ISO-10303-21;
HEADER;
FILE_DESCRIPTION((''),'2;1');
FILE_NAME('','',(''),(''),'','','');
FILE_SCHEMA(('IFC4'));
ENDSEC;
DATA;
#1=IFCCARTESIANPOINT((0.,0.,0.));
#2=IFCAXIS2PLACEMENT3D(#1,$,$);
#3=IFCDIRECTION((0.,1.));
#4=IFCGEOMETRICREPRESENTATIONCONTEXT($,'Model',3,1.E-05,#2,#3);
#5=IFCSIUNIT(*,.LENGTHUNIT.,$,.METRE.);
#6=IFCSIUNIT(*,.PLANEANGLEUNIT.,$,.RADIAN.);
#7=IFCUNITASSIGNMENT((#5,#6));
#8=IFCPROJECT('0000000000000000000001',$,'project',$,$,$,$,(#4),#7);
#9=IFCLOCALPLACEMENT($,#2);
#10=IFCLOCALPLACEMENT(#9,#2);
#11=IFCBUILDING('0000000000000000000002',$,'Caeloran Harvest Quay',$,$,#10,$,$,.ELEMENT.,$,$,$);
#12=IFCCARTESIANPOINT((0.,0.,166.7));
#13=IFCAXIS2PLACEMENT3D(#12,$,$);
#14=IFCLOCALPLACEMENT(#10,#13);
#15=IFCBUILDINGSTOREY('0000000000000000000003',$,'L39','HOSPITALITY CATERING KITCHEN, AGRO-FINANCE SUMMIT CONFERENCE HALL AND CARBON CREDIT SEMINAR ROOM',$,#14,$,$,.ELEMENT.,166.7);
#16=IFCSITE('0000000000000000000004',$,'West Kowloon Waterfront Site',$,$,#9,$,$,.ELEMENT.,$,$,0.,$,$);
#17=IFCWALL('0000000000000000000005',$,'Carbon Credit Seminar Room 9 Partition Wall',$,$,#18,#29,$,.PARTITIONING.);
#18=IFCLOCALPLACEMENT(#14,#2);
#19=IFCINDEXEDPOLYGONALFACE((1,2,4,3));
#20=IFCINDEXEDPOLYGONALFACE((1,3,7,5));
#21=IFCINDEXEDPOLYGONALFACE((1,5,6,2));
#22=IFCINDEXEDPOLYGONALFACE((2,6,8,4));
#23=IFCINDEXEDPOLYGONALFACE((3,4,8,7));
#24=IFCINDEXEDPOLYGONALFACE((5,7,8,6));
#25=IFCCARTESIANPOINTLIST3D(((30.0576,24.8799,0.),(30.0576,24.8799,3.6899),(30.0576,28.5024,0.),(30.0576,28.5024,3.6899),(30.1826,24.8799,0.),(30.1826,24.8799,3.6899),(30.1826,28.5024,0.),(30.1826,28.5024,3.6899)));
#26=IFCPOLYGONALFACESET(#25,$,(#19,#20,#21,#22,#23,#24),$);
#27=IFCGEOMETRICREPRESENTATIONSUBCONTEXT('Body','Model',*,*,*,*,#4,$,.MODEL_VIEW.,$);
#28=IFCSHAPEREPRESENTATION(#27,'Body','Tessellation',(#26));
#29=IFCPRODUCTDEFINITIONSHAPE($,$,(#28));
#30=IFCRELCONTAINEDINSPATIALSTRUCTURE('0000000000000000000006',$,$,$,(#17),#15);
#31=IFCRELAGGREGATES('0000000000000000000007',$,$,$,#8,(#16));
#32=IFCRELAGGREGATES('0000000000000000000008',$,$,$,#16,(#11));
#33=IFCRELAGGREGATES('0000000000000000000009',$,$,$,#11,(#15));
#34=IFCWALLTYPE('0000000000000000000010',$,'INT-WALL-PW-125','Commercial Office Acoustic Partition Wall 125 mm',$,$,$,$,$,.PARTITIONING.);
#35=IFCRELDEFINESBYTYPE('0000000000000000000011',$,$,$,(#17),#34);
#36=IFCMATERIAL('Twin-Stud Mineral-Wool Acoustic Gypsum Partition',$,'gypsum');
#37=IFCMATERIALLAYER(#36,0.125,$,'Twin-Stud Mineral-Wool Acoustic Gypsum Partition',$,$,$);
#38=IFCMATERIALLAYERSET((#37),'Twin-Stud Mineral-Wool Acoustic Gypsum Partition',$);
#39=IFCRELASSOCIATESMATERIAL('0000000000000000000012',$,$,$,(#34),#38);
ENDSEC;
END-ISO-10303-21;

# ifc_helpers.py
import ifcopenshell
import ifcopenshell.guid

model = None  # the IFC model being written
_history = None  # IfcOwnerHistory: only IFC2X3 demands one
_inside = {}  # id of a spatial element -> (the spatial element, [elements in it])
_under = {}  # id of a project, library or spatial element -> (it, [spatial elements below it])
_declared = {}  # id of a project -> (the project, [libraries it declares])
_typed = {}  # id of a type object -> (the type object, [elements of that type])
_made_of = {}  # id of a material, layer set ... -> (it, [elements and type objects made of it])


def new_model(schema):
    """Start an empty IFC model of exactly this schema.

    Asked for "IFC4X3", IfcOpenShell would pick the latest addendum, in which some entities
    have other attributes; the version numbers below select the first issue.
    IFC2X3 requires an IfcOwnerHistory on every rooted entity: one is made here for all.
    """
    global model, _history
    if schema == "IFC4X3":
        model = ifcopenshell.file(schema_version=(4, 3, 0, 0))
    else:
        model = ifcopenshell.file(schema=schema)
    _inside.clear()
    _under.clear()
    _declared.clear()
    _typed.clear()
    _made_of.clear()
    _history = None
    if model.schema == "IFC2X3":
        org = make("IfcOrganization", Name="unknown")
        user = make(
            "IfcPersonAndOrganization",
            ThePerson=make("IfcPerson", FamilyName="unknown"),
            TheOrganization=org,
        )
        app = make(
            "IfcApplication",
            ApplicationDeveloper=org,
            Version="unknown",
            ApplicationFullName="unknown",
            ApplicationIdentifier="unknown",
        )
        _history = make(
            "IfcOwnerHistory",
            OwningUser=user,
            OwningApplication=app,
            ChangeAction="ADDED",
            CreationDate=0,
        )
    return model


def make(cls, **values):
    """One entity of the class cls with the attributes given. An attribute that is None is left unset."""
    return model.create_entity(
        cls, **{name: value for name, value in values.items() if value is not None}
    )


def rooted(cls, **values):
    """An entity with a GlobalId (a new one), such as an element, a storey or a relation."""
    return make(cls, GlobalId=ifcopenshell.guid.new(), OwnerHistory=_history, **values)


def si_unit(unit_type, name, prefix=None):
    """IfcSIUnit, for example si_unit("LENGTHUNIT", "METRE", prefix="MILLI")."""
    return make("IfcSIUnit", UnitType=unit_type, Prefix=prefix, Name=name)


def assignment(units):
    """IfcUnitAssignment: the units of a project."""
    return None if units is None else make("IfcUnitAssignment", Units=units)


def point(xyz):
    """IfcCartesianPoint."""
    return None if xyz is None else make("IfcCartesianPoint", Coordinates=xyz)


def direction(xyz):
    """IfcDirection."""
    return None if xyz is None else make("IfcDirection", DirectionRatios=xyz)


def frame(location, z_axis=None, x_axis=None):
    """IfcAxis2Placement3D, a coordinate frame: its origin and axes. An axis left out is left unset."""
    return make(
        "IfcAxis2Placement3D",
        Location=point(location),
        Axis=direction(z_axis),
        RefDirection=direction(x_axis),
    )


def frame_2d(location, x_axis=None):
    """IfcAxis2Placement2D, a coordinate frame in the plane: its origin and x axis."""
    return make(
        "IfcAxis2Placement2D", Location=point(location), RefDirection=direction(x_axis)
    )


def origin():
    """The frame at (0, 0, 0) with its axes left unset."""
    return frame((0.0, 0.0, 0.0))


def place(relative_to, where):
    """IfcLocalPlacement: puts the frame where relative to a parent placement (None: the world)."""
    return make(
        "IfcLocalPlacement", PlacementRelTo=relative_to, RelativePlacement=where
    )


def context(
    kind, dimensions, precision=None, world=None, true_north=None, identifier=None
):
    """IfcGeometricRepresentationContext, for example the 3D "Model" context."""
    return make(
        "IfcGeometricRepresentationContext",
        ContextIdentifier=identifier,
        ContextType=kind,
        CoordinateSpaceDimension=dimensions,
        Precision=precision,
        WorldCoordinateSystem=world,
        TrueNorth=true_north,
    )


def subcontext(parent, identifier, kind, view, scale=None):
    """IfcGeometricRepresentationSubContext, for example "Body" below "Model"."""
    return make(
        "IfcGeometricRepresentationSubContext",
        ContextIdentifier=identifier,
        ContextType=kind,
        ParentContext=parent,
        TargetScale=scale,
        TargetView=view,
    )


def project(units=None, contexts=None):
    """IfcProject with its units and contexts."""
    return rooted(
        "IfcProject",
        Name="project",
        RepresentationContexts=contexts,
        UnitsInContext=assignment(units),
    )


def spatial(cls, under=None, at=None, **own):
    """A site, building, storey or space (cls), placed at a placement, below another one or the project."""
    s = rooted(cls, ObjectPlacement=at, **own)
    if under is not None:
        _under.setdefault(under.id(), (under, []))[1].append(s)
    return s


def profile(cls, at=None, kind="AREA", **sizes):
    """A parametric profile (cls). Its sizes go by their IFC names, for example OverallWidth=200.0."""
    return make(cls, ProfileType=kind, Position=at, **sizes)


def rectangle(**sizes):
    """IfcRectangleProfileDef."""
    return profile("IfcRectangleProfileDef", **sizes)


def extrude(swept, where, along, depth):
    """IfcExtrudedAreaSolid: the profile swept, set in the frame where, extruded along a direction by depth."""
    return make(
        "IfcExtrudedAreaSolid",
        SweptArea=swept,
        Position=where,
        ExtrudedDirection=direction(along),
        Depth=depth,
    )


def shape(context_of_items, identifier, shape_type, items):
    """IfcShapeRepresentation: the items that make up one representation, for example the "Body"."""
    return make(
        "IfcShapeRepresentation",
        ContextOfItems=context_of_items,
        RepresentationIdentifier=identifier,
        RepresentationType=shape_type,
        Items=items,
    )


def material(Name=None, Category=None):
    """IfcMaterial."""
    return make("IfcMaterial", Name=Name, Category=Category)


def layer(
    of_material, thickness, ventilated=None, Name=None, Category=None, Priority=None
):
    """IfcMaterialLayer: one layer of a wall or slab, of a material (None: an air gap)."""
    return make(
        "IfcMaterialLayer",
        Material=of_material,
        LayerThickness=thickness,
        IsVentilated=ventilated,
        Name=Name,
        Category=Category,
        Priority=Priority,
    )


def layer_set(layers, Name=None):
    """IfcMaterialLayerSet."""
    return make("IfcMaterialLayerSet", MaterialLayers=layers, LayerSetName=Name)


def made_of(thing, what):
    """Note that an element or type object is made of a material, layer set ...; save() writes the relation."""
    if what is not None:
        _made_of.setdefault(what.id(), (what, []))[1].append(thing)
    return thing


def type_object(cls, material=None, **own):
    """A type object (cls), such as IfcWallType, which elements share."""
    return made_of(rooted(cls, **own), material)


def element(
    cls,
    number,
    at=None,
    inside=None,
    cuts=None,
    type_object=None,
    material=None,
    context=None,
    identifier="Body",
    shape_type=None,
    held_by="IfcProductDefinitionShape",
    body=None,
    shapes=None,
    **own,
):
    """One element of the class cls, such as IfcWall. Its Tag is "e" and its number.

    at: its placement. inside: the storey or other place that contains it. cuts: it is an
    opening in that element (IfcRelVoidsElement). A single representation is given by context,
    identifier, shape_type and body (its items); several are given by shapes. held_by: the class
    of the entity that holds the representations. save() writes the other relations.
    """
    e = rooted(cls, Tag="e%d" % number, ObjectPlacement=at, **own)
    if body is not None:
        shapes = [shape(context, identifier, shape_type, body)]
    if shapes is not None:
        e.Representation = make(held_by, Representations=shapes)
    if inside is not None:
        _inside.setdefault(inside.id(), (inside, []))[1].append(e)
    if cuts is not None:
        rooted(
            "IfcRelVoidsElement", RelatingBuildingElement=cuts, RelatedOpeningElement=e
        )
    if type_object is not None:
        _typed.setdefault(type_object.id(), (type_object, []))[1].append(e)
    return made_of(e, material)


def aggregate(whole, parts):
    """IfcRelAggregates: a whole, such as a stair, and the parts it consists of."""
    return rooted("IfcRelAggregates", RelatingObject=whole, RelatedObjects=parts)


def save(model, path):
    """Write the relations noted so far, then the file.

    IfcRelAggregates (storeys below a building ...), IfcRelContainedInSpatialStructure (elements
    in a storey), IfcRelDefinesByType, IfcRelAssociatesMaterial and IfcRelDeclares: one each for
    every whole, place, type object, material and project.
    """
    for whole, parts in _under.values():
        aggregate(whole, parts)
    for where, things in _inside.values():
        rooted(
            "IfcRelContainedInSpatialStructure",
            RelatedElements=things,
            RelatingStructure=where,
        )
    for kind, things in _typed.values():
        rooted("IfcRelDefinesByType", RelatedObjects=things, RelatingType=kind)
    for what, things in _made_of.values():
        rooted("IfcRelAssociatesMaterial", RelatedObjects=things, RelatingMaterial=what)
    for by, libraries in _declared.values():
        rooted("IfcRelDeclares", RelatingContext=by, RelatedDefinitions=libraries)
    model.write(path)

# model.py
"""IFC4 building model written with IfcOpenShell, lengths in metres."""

from ifc_helpers import new_model, si_unit, direction, frame, frame_2d, origin, place, context, subcontext, project, spatial, rectangle, extrude, material, layer, layer_set, type_object, element, save


model = new_model("IFC4")

# Units and contexts
model_context = context("Model", 3, precision=1e-05, world=origin(), true_north=direction((0.0, 1.0)))
body_context = subcontext(model_context, "Body", "Model", "MODEL_VIEW")
ifc_project = project(units=[si_unit("LENGTHUNIT", "METRE"), si_unit("PLANEANGLEUNIT", "RADIAN")], contexts=[model_context])

# Site, building, storey
site_placement = place(None, origin())
site = spatial("IfcSite", under=ifc_project, at=site_placement, Name="West Kowloon Waterfront Site", CompositionType="ELEMENT", RefElevation=0.0)
building_placement = place(site_placement, origin())
building = spatial("IfcBuilding", under=site, at=building_placement, Name="Caeloran Harvest Quay", CompositionType="ELEMENT")
storey_placement = place(building_placement, frame((0.0, 0.0, 166.7)))
storey = spatial("IfcBuildingStorey", under=building, at=storey_placement, Name="L39", Description="HOSPITALITY CATERING KITCHEN, AGRO-FINANCE SUMMIT CONFERENCE HALL AND CARBON CREDIT SEMINAR ROOM", CompositionType="ELEMENT", Elevation=166.7)

# Wall
ifc_material_1 = material(Name="Twin-Stud Mineral-Wool Acoustic Gypsum Partition", Category="gypsum")
ifc_layer = layer(ifc_material_1, 0.125, Name="Twin-Stud Mineral-Wool Acoustic Gypsum Partition")
ifc_layer_set = layer_set([ifc_layer], Name="Twin-Stud Mineral-Wool Acoustic Gypsum Partition")
wall_type = type_object("IfcWallType", Name="INT-WALL-PW-125", Description="Commercial Office Acoustic Partition Wall 125 mm", PredefinedType="PARTITIONING", material=ifc_layer_set)
wall_1_placement = place(storey_placement, frame((30.1201, 28.5024, 0.0), z_axis=(0.0, 0.0, 1.0), x_axis=(0.0, -1.0, 0.0)))
element("IfcWall", 1, at=wall_1_placement, inside=storey, type_object=wall_type, Name="Carbon Credit Seminar Room 9 Partition Wall", PredefinedType="PARTITIONING", context=body_context, shape_type="SweptSolid", body=[
    extrude(rectangle(XDim=3.6226, YDim=0.125, at=frame_2d((1.8113, 0.0))), origin(), (0.0, 0.0, 1.0), 3.6899),
])

save(model, "model.ifc")
